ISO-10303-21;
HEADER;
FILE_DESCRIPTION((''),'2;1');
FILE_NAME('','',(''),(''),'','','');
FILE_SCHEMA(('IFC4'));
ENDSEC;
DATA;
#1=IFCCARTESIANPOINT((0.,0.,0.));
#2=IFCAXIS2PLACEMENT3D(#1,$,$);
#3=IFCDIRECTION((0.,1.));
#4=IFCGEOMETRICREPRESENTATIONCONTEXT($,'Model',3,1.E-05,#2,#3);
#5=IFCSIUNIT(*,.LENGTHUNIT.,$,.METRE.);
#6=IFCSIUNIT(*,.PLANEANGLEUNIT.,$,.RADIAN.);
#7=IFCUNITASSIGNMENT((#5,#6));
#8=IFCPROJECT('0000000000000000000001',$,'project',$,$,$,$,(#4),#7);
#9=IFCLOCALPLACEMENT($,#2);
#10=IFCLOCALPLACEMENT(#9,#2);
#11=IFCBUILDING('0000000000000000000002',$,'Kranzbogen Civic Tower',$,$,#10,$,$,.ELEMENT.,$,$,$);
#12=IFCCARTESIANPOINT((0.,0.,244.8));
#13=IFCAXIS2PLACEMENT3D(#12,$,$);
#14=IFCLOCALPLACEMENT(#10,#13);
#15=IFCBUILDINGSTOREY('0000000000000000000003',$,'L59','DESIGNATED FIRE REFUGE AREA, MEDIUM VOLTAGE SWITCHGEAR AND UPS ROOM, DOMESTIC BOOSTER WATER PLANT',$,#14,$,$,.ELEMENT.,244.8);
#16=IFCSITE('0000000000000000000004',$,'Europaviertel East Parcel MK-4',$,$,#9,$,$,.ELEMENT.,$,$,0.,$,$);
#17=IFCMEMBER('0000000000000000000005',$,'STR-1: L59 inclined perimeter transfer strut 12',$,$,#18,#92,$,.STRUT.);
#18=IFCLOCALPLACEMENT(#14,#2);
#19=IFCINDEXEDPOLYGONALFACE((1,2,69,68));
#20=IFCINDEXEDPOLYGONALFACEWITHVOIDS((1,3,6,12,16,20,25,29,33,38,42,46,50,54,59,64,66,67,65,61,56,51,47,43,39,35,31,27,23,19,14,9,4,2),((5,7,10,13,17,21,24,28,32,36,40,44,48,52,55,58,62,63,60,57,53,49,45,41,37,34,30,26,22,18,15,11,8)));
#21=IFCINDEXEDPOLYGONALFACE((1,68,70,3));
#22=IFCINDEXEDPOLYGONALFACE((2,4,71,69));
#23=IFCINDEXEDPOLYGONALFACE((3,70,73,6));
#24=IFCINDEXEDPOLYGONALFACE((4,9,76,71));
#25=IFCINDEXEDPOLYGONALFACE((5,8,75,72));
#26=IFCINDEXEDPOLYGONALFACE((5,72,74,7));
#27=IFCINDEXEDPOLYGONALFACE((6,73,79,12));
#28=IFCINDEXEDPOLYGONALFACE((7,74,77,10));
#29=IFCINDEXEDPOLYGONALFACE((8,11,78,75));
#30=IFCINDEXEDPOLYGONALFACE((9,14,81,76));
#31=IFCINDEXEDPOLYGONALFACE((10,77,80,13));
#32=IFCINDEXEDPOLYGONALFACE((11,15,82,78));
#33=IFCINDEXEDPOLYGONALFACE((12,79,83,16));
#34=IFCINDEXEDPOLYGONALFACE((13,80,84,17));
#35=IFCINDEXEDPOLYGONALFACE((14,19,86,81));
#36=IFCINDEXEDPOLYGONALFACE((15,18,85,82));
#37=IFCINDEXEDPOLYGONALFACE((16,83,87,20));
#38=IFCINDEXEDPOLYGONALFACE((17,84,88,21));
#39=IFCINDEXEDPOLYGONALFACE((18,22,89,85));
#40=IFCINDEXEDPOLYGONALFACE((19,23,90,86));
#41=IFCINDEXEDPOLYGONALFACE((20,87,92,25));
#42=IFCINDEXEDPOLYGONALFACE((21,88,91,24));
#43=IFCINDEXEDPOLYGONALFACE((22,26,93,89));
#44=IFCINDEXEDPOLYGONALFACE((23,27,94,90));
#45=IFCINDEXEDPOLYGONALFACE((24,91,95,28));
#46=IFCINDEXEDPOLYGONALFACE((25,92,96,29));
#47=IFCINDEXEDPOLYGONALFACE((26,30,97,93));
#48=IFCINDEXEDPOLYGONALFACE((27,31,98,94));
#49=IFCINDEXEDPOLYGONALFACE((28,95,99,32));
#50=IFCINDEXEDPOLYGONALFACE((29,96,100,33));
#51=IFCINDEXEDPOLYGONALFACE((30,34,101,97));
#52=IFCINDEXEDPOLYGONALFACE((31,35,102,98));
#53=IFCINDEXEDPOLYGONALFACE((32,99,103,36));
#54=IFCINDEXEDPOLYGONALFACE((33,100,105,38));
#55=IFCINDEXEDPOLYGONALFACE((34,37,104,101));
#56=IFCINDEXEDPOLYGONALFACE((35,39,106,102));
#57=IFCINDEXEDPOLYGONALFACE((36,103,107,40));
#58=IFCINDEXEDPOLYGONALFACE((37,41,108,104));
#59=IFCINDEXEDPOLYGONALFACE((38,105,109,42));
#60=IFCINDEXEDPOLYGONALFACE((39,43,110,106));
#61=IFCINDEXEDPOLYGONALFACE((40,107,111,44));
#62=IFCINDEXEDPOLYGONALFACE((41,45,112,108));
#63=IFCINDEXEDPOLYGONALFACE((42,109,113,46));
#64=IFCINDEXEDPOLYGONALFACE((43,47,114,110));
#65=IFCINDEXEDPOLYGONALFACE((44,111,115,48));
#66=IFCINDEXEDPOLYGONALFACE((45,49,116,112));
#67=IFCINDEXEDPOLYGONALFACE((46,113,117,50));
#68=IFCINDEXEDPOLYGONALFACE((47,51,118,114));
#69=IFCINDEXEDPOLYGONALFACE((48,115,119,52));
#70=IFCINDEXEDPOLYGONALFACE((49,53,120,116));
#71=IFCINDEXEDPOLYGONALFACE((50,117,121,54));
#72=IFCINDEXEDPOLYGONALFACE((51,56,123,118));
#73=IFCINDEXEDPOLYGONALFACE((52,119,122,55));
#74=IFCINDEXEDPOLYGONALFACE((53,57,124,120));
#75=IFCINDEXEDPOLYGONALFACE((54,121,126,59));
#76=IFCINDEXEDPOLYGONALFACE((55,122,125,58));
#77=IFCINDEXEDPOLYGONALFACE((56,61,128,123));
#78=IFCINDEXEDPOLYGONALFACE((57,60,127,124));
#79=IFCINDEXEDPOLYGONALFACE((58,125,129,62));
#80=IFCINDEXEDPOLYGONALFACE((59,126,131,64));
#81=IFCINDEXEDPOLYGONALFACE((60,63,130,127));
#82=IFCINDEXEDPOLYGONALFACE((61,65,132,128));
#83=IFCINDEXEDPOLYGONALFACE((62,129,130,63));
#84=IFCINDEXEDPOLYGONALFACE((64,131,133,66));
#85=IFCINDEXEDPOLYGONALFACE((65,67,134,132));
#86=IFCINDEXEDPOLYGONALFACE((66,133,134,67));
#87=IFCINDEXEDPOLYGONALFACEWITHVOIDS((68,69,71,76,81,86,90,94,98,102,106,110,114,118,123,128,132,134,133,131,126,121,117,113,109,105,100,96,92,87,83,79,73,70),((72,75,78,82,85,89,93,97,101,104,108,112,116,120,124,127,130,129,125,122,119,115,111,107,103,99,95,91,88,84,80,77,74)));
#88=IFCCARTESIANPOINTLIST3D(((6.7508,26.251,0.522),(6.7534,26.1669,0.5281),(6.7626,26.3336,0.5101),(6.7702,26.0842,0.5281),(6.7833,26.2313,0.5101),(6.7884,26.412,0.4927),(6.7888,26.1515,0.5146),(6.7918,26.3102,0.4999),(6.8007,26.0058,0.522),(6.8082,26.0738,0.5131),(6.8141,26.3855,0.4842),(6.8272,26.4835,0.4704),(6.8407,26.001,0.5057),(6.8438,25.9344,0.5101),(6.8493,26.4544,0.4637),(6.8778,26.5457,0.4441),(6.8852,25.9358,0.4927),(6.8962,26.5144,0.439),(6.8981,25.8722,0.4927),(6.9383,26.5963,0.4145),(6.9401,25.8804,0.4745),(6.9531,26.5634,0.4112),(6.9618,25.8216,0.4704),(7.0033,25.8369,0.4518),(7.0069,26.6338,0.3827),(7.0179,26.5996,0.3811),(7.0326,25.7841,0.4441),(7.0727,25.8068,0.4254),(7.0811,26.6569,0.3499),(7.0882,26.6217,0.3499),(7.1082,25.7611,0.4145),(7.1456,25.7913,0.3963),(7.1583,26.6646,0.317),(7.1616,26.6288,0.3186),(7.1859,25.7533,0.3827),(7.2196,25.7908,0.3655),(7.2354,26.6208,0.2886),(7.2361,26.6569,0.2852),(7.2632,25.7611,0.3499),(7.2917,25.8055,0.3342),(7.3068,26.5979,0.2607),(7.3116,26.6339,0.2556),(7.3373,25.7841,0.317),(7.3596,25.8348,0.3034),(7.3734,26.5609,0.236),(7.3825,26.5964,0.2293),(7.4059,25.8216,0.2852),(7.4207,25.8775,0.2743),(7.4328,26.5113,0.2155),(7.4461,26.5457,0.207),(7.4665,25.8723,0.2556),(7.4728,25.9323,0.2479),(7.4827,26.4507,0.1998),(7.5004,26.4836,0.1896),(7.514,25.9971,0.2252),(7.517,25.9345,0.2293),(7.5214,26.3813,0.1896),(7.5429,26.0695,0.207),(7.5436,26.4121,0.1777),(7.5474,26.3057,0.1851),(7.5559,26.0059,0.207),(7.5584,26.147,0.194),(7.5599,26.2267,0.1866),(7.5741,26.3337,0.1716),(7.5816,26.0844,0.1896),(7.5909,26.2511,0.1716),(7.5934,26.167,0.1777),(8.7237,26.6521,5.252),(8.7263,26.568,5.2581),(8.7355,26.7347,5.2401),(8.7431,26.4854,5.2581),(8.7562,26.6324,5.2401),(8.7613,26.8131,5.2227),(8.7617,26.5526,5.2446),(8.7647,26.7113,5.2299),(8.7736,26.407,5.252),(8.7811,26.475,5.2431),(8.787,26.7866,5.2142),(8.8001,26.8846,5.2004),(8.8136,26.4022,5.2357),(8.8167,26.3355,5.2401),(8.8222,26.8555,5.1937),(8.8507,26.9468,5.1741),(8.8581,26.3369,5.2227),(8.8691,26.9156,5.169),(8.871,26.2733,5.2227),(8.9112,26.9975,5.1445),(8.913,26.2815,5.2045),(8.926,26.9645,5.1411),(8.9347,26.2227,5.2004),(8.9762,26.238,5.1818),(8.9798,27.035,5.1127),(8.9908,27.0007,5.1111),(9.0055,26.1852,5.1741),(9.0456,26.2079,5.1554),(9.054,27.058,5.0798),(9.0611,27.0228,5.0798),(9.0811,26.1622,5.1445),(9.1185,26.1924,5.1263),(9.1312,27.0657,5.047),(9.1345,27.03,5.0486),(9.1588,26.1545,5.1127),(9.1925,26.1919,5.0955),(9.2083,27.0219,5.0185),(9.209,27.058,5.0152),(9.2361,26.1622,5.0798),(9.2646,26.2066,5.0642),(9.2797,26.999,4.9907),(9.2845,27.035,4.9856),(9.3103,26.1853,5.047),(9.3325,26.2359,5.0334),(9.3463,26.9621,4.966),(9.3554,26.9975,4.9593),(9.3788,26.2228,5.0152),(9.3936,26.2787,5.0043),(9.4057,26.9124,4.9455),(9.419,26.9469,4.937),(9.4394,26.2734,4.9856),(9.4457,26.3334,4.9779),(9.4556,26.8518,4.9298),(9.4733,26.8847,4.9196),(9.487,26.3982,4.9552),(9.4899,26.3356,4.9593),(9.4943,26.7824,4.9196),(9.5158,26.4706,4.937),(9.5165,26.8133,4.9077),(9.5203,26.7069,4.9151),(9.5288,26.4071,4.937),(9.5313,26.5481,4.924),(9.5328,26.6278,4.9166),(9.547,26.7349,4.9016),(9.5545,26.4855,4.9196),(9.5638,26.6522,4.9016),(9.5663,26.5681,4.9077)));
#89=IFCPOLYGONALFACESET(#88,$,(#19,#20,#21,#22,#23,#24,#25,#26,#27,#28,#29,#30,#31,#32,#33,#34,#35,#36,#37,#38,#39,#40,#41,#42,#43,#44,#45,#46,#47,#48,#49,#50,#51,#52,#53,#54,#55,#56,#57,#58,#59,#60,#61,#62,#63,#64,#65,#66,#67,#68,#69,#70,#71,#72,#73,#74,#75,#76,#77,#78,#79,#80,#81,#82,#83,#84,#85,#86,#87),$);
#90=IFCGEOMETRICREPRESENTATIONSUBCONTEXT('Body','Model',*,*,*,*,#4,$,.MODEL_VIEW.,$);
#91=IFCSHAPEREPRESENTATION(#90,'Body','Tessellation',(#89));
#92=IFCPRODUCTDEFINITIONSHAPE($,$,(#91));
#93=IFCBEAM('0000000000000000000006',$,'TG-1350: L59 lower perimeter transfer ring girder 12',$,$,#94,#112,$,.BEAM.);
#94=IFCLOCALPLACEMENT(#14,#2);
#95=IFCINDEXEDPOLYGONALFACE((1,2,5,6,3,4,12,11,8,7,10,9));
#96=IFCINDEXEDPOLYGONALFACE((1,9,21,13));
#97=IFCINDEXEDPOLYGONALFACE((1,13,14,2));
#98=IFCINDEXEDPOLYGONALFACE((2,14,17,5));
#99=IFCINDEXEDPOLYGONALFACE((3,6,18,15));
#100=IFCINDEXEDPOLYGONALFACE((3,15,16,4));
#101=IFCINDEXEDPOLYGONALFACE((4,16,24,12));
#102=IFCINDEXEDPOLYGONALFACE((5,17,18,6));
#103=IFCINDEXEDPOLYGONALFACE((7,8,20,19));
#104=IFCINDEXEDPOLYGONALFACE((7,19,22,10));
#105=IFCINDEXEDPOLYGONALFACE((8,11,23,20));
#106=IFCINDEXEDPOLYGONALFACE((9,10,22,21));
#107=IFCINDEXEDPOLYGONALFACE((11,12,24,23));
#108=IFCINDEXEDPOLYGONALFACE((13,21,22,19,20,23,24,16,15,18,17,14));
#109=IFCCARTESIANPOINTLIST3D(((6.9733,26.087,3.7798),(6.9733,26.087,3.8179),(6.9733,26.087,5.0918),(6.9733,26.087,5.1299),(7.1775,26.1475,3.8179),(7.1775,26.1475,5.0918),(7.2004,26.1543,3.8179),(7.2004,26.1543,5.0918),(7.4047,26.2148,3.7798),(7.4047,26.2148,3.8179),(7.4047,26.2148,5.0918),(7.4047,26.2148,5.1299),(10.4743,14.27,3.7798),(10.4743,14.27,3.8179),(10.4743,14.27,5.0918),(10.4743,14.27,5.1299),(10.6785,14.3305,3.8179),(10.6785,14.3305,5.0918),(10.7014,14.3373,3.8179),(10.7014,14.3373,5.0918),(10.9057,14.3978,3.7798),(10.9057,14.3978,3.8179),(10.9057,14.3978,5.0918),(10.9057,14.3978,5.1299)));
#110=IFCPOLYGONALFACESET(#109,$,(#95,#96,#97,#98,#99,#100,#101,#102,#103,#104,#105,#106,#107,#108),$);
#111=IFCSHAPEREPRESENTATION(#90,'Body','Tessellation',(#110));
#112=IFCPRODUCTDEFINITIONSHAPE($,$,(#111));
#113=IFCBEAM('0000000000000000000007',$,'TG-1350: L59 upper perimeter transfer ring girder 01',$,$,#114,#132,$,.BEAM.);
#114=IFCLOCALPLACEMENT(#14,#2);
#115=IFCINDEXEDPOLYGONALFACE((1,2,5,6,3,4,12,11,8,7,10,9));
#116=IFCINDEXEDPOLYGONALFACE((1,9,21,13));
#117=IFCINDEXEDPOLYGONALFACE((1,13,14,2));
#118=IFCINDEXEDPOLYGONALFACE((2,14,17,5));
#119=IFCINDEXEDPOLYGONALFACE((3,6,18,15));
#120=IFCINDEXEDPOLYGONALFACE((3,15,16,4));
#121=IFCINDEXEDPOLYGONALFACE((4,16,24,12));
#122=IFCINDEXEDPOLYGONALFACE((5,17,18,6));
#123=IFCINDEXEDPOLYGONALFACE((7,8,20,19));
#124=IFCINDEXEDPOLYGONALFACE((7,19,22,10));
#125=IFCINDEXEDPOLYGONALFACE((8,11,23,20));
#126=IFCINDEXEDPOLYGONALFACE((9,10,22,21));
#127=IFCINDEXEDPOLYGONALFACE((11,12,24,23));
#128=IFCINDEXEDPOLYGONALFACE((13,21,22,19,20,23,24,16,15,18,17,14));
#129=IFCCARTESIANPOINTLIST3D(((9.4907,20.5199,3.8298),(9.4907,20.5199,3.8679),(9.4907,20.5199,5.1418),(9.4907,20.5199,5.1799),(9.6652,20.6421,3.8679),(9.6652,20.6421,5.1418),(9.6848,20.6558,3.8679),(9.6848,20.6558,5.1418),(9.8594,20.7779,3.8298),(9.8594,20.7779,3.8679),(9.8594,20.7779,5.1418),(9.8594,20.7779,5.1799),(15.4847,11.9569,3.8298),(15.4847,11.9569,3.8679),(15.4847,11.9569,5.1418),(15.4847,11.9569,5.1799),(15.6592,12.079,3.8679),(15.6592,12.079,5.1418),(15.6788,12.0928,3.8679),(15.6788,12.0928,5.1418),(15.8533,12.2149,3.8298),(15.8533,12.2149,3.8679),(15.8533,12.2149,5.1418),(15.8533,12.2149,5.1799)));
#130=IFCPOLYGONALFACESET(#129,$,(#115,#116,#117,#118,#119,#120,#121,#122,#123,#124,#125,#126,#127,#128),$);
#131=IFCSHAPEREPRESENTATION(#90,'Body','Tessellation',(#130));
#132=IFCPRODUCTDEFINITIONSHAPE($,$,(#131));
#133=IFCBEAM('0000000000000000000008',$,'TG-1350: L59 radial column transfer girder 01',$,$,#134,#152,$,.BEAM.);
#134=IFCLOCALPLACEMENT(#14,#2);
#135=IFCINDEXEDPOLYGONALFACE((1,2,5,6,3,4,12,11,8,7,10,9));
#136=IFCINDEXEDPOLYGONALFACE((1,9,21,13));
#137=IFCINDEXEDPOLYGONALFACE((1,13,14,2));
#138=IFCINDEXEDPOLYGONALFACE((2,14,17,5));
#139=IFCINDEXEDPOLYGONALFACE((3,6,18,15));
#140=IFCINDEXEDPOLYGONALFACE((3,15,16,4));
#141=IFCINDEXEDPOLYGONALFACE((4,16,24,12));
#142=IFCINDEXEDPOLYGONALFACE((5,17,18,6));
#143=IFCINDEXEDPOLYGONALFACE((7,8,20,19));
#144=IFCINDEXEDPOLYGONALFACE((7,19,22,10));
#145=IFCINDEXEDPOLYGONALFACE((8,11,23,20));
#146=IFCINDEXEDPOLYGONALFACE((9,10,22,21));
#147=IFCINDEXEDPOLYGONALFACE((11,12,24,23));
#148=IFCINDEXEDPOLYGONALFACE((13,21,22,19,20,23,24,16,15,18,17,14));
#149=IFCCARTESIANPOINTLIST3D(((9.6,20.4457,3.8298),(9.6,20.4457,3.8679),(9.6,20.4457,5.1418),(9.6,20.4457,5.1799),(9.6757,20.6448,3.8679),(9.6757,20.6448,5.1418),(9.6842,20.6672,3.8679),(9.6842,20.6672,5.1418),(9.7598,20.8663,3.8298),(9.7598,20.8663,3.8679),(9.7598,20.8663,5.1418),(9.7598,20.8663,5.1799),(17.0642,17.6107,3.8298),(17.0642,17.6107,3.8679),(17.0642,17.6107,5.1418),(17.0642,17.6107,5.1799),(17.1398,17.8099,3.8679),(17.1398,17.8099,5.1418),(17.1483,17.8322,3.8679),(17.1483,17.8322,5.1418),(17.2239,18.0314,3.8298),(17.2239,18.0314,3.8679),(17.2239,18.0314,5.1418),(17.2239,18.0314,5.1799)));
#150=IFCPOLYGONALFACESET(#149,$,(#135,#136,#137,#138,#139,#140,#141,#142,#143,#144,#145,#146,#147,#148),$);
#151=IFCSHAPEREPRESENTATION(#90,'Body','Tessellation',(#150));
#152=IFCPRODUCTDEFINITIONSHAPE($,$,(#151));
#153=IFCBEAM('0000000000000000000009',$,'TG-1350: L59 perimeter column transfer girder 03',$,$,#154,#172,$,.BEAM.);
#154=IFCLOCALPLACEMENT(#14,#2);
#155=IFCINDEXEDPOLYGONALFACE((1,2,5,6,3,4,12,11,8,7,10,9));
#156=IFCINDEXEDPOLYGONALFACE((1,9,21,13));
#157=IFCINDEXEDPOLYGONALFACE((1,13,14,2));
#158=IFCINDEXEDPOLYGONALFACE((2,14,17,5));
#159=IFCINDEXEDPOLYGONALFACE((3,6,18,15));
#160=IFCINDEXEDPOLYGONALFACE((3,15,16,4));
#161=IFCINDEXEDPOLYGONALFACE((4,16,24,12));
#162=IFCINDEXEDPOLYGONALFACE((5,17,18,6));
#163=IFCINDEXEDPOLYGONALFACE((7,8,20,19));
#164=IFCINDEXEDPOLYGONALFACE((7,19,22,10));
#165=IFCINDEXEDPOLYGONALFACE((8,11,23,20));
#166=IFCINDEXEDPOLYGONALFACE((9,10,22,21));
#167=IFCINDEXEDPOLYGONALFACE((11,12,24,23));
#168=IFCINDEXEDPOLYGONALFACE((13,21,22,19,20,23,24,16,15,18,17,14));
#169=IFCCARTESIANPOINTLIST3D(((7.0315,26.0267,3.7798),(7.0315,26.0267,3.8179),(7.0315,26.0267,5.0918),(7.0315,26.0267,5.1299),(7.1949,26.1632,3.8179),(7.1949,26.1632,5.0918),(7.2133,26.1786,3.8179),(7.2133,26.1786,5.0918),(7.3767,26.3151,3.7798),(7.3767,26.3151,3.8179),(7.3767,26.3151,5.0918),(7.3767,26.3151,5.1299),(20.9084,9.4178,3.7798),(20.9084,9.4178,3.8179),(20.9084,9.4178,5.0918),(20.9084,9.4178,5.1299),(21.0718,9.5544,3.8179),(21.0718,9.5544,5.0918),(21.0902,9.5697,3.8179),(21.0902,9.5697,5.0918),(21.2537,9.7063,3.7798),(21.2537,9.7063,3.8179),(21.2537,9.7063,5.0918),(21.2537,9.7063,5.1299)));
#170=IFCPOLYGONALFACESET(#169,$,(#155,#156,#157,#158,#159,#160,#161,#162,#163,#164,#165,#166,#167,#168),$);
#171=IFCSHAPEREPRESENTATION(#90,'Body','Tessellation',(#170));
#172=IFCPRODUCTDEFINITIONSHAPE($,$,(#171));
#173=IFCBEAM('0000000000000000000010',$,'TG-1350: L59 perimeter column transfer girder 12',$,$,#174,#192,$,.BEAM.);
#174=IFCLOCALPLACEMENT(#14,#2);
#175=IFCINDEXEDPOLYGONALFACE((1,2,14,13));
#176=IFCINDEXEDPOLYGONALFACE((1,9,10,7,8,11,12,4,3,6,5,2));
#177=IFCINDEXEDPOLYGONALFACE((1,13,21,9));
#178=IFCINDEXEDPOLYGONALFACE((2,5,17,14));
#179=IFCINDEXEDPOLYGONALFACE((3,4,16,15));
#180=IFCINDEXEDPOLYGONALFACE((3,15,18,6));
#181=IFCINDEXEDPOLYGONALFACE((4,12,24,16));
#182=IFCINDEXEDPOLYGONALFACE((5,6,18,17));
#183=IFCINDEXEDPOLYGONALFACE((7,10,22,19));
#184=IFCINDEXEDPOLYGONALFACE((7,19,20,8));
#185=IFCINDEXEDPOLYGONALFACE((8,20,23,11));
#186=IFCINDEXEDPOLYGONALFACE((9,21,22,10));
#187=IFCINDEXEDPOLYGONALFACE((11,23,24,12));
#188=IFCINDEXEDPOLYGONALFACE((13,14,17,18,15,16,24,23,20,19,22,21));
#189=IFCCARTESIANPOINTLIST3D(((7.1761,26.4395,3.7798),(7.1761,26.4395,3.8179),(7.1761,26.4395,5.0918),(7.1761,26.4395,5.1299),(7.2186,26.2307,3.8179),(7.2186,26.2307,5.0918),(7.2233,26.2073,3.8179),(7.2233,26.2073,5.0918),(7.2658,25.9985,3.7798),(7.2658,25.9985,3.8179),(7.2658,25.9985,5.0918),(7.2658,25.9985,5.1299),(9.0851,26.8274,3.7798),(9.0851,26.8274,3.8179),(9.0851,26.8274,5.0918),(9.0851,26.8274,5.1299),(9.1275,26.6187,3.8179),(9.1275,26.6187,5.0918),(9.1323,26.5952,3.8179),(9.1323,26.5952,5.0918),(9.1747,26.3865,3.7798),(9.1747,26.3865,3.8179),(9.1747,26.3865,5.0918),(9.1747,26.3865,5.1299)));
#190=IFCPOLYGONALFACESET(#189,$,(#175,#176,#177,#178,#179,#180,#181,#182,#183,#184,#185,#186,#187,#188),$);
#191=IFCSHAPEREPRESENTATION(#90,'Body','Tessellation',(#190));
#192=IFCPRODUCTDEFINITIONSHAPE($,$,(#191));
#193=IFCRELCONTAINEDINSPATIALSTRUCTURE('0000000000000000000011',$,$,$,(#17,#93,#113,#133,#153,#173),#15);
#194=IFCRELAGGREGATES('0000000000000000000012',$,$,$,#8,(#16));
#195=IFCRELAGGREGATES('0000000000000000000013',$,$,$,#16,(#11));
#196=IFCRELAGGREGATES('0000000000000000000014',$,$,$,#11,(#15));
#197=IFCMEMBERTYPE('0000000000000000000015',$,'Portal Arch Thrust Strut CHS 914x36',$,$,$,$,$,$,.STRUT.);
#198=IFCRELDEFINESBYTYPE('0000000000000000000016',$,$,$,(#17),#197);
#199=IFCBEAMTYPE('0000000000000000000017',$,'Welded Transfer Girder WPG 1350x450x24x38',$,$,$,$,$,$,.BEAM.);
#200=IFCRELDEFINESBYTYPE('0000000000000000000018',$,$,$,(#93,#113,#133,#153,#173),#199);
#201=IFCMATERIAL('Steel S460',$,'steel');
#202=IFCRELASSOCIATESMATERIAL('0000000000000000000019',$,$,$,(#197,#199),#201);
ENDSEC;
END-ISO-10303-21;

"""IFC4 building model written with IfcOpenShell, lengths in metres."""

from ifc_helpers import new_model, si_unit, direction, frame, origin, origin_2d, place, context, subcontext, project, spatial, hollow_circle, i_section, extrude, material, material_profile, profile_set, type_object, element, save


model = new_model("IFC4")

# Units and contexts
model_context = context("Model", 3, precision=1e-05, world=origin(), true_north=direction((0.0, 1.0)))
body_context = subcontext(model_context, "Body", "Model", "MODEL_VIEW")
ifc_project = project(units=[si_unit("LENGTHUNIT", "METRE"), si_unit("PLANEANGLEUNIT", "RADIAN")], contexts=[model_context])

# Site, building, storey
site_placement = place(None, origin())
site = spatial("IfcSite", under=ifc_project, at=site_placement, Name="Europaviertel East Parcel MK-4", CompositionType="ELEMENT", RefElevation=0.0)
building_placement = place(site_placement, origin())
building = spatial("IfcBuilding", under=site, at=building_placement, Name="Kranzbogen Civic Tower", CompositionType="ELEMENT")
storey_placement = place(building_placement, frame((0.0, 0.0, 244.8)))
storey = spatial("IfcBuildingStorey", under=building, at=storey_placement, Name="L59", Description="DESIGNATED FIRE REFUGE AREA, MEDIUM VOLTAGE SWITCHGEAR AND UPS ROOM, DOMESTIC BOOSTER WATER PLANT", CompositionType="ELEMENT", Elevation=244.8)

# Member
ifc_material_1 = material(Name="Steel S460", Category="steel")
ifc_material_profile_1 = material_profile(ifc_material_1, hollow_circle(Radius=0.457, WallThickness=0.0359, at=origin_2d()), Name="CHS 914x36")
ifc_profile_set_1 = profile_set([ifc_material_profile_1], Name="Steel S460")
member_type_1 = type_object("IfcMemberType", Name="Portal Arch Thrust Strut CHS 914x36", PredefinedType="STRUT", material=ifc_profile_set_1)
member_1_placement = place(storey_placement, frame((7.1721, 26.209, 0.3499), z_axis=(0.383787, 0.07803, 0.920119), x_axis=(-0.19924, 0.979951, 0.0)))
element("IfcMember", 1, at=member_1_placement, inside=storey, type_object=member_type_1, Name="STR-1: L59 inclined perimeter transfer strut 12", PredefinedType="STRUT", context=body_context, shape_type="SweptSolid", body=[
    extrude(hollow_circle(Radius=0.457, WallThickness=0.0359, at=origin_2d()), origin(), (0.0, 0.0, 1.0), 5.1406),
])

# Beams
ifc_material_profile_2 = material_profile(ifc_material_1, i_section(OverallWidth=0.45, OverallDepth=1.3501, WebThickness=0.0239, FlangeThickness=0.0381, at=origin_2d()), Name="WPG 1350x450x24x38")
ifc_profile_set_2 = profile_set([ifc_material_profile_2], Name="Steel S460")
beam_type = type_object("IfcBeamType", Name="Welded Transfer Girder WPG 1350x450x24x38", PredefinedType="BEAM", material=ifc_profile_set_2)
beam_1_placement = place(storey_placement, frame((7.189, 26.1509, 4.4548), z_axis=(0.284064, -0.958805, 0.0), x_axis=(0.958805, 0.284064, 0.0)))
element("IfcBeam", 2, at=beam_1_placement, inside=storey, type_object=beam_type, Name="TG-1350: L59 lower perimeter transfer ring girder 12", PredefinedType="BEAM", context=body_context, shape_type="SweptSolid", body=[
    extrude(i_section(OverallWidth=0.45, OverallDepth=1.3501, WebThickness=0.0239, FlangeThickness=0.0381, at=origin_2d()), origin(), (0.0, 0.0, 1.0), 12.3247),
])
beam_2_placement = place(storey_placement, frame((9.675, 20.6489, 4.5049), z_axis=(0.57345, -0.819241, 0.0), x_axis=(0.819241, 0.57345, 0.0)))
element("IfcBeam", 3, at=beam_2_placement, inside=storey, type_object=beam_type, Name="TG-1350: L59 upper perimeter transfer ring girder 01", PredefinedType="BEAM", context=body_context, shape_type="SweptSolid", body=[
    extrude(i_section(OverallWidth=0.45, OverallDepth=1.3501, WebThickness=0.0239, FlangeThickness=0.0381, at=origin_2d()), origin(), (0.0, 0.0, 1.0), 10.4524),
])
beam_3_placement = place(storey_placement, frame((17.144, 17.821, 4.5049), z_axis=(-0.934842, 0.355064, 0.0), x_axis=(-0.355064, -0.934842, 0.0)))
element("IfcBeam", 4, at=beam_3_placement, inside=storey, type_object=beam_type, Name="TG-1350: L59 radial column transfer girder 01", PredefinedType="BEAM", context=body_context, shape_type="SweptSolid", body=[
    extrude(i_section(OverallWidth=0.45, OverallDepth=1.3501, WebThickness=0.0239, FlangeThickness=0.0381, at=origin_2d()), origin(), (0.0, 0.0, 1.0), 7.9844),
])
beam_4_placement = place(storey_placement, frame((7.2041, 26.1709, 4.4548), z_axis=(0.641171, -0.767398, 0.0), x_axis=(0.767398, 0.641171, 0.0)))
element("IfcBeam", 5, at=beam_4_placement, inside=storey, type_object=beam_type, Name="TG-1350: L59 perimeter column transfer girder 03", PredefinedType="BEAM", context=body_context, shape_type="SweptSolid", body=[
    extrude(i_section(OverallWidth=0.45, OverallDepth=1.3501, WebThickness=0.0239, FlangeThickness=0.0381, at=origin_2d()), origin(), (0.0, 0.0, 1.0), 21.6431),
])
beam_5_placement = place(storey_placement, frame((7.2209, 26.219, 4.4548), z_axis=(0.979969, 0.199152, 0.0), x_axis=(-0.199152, 0.979969, 0.0)))
element("IfcBeam", 6, at=beam_5_placement, inside=storey, type_object=beam_type, Name="TG-1350: L59 perimeter column transfer girder 12", PredefinedType="BEAM", context=body_context, shape_type="SweptSolid", body=[
    extrude(i_section(OverallWidth=0.45, OverallDepth=1.3501, WebThickness=0.0239, FlangeThickness=0.0381, at=origin_2d()), origin(), (0.0, 0.0, 1.0), 1.948),
])

save(model, "model.ifc")
